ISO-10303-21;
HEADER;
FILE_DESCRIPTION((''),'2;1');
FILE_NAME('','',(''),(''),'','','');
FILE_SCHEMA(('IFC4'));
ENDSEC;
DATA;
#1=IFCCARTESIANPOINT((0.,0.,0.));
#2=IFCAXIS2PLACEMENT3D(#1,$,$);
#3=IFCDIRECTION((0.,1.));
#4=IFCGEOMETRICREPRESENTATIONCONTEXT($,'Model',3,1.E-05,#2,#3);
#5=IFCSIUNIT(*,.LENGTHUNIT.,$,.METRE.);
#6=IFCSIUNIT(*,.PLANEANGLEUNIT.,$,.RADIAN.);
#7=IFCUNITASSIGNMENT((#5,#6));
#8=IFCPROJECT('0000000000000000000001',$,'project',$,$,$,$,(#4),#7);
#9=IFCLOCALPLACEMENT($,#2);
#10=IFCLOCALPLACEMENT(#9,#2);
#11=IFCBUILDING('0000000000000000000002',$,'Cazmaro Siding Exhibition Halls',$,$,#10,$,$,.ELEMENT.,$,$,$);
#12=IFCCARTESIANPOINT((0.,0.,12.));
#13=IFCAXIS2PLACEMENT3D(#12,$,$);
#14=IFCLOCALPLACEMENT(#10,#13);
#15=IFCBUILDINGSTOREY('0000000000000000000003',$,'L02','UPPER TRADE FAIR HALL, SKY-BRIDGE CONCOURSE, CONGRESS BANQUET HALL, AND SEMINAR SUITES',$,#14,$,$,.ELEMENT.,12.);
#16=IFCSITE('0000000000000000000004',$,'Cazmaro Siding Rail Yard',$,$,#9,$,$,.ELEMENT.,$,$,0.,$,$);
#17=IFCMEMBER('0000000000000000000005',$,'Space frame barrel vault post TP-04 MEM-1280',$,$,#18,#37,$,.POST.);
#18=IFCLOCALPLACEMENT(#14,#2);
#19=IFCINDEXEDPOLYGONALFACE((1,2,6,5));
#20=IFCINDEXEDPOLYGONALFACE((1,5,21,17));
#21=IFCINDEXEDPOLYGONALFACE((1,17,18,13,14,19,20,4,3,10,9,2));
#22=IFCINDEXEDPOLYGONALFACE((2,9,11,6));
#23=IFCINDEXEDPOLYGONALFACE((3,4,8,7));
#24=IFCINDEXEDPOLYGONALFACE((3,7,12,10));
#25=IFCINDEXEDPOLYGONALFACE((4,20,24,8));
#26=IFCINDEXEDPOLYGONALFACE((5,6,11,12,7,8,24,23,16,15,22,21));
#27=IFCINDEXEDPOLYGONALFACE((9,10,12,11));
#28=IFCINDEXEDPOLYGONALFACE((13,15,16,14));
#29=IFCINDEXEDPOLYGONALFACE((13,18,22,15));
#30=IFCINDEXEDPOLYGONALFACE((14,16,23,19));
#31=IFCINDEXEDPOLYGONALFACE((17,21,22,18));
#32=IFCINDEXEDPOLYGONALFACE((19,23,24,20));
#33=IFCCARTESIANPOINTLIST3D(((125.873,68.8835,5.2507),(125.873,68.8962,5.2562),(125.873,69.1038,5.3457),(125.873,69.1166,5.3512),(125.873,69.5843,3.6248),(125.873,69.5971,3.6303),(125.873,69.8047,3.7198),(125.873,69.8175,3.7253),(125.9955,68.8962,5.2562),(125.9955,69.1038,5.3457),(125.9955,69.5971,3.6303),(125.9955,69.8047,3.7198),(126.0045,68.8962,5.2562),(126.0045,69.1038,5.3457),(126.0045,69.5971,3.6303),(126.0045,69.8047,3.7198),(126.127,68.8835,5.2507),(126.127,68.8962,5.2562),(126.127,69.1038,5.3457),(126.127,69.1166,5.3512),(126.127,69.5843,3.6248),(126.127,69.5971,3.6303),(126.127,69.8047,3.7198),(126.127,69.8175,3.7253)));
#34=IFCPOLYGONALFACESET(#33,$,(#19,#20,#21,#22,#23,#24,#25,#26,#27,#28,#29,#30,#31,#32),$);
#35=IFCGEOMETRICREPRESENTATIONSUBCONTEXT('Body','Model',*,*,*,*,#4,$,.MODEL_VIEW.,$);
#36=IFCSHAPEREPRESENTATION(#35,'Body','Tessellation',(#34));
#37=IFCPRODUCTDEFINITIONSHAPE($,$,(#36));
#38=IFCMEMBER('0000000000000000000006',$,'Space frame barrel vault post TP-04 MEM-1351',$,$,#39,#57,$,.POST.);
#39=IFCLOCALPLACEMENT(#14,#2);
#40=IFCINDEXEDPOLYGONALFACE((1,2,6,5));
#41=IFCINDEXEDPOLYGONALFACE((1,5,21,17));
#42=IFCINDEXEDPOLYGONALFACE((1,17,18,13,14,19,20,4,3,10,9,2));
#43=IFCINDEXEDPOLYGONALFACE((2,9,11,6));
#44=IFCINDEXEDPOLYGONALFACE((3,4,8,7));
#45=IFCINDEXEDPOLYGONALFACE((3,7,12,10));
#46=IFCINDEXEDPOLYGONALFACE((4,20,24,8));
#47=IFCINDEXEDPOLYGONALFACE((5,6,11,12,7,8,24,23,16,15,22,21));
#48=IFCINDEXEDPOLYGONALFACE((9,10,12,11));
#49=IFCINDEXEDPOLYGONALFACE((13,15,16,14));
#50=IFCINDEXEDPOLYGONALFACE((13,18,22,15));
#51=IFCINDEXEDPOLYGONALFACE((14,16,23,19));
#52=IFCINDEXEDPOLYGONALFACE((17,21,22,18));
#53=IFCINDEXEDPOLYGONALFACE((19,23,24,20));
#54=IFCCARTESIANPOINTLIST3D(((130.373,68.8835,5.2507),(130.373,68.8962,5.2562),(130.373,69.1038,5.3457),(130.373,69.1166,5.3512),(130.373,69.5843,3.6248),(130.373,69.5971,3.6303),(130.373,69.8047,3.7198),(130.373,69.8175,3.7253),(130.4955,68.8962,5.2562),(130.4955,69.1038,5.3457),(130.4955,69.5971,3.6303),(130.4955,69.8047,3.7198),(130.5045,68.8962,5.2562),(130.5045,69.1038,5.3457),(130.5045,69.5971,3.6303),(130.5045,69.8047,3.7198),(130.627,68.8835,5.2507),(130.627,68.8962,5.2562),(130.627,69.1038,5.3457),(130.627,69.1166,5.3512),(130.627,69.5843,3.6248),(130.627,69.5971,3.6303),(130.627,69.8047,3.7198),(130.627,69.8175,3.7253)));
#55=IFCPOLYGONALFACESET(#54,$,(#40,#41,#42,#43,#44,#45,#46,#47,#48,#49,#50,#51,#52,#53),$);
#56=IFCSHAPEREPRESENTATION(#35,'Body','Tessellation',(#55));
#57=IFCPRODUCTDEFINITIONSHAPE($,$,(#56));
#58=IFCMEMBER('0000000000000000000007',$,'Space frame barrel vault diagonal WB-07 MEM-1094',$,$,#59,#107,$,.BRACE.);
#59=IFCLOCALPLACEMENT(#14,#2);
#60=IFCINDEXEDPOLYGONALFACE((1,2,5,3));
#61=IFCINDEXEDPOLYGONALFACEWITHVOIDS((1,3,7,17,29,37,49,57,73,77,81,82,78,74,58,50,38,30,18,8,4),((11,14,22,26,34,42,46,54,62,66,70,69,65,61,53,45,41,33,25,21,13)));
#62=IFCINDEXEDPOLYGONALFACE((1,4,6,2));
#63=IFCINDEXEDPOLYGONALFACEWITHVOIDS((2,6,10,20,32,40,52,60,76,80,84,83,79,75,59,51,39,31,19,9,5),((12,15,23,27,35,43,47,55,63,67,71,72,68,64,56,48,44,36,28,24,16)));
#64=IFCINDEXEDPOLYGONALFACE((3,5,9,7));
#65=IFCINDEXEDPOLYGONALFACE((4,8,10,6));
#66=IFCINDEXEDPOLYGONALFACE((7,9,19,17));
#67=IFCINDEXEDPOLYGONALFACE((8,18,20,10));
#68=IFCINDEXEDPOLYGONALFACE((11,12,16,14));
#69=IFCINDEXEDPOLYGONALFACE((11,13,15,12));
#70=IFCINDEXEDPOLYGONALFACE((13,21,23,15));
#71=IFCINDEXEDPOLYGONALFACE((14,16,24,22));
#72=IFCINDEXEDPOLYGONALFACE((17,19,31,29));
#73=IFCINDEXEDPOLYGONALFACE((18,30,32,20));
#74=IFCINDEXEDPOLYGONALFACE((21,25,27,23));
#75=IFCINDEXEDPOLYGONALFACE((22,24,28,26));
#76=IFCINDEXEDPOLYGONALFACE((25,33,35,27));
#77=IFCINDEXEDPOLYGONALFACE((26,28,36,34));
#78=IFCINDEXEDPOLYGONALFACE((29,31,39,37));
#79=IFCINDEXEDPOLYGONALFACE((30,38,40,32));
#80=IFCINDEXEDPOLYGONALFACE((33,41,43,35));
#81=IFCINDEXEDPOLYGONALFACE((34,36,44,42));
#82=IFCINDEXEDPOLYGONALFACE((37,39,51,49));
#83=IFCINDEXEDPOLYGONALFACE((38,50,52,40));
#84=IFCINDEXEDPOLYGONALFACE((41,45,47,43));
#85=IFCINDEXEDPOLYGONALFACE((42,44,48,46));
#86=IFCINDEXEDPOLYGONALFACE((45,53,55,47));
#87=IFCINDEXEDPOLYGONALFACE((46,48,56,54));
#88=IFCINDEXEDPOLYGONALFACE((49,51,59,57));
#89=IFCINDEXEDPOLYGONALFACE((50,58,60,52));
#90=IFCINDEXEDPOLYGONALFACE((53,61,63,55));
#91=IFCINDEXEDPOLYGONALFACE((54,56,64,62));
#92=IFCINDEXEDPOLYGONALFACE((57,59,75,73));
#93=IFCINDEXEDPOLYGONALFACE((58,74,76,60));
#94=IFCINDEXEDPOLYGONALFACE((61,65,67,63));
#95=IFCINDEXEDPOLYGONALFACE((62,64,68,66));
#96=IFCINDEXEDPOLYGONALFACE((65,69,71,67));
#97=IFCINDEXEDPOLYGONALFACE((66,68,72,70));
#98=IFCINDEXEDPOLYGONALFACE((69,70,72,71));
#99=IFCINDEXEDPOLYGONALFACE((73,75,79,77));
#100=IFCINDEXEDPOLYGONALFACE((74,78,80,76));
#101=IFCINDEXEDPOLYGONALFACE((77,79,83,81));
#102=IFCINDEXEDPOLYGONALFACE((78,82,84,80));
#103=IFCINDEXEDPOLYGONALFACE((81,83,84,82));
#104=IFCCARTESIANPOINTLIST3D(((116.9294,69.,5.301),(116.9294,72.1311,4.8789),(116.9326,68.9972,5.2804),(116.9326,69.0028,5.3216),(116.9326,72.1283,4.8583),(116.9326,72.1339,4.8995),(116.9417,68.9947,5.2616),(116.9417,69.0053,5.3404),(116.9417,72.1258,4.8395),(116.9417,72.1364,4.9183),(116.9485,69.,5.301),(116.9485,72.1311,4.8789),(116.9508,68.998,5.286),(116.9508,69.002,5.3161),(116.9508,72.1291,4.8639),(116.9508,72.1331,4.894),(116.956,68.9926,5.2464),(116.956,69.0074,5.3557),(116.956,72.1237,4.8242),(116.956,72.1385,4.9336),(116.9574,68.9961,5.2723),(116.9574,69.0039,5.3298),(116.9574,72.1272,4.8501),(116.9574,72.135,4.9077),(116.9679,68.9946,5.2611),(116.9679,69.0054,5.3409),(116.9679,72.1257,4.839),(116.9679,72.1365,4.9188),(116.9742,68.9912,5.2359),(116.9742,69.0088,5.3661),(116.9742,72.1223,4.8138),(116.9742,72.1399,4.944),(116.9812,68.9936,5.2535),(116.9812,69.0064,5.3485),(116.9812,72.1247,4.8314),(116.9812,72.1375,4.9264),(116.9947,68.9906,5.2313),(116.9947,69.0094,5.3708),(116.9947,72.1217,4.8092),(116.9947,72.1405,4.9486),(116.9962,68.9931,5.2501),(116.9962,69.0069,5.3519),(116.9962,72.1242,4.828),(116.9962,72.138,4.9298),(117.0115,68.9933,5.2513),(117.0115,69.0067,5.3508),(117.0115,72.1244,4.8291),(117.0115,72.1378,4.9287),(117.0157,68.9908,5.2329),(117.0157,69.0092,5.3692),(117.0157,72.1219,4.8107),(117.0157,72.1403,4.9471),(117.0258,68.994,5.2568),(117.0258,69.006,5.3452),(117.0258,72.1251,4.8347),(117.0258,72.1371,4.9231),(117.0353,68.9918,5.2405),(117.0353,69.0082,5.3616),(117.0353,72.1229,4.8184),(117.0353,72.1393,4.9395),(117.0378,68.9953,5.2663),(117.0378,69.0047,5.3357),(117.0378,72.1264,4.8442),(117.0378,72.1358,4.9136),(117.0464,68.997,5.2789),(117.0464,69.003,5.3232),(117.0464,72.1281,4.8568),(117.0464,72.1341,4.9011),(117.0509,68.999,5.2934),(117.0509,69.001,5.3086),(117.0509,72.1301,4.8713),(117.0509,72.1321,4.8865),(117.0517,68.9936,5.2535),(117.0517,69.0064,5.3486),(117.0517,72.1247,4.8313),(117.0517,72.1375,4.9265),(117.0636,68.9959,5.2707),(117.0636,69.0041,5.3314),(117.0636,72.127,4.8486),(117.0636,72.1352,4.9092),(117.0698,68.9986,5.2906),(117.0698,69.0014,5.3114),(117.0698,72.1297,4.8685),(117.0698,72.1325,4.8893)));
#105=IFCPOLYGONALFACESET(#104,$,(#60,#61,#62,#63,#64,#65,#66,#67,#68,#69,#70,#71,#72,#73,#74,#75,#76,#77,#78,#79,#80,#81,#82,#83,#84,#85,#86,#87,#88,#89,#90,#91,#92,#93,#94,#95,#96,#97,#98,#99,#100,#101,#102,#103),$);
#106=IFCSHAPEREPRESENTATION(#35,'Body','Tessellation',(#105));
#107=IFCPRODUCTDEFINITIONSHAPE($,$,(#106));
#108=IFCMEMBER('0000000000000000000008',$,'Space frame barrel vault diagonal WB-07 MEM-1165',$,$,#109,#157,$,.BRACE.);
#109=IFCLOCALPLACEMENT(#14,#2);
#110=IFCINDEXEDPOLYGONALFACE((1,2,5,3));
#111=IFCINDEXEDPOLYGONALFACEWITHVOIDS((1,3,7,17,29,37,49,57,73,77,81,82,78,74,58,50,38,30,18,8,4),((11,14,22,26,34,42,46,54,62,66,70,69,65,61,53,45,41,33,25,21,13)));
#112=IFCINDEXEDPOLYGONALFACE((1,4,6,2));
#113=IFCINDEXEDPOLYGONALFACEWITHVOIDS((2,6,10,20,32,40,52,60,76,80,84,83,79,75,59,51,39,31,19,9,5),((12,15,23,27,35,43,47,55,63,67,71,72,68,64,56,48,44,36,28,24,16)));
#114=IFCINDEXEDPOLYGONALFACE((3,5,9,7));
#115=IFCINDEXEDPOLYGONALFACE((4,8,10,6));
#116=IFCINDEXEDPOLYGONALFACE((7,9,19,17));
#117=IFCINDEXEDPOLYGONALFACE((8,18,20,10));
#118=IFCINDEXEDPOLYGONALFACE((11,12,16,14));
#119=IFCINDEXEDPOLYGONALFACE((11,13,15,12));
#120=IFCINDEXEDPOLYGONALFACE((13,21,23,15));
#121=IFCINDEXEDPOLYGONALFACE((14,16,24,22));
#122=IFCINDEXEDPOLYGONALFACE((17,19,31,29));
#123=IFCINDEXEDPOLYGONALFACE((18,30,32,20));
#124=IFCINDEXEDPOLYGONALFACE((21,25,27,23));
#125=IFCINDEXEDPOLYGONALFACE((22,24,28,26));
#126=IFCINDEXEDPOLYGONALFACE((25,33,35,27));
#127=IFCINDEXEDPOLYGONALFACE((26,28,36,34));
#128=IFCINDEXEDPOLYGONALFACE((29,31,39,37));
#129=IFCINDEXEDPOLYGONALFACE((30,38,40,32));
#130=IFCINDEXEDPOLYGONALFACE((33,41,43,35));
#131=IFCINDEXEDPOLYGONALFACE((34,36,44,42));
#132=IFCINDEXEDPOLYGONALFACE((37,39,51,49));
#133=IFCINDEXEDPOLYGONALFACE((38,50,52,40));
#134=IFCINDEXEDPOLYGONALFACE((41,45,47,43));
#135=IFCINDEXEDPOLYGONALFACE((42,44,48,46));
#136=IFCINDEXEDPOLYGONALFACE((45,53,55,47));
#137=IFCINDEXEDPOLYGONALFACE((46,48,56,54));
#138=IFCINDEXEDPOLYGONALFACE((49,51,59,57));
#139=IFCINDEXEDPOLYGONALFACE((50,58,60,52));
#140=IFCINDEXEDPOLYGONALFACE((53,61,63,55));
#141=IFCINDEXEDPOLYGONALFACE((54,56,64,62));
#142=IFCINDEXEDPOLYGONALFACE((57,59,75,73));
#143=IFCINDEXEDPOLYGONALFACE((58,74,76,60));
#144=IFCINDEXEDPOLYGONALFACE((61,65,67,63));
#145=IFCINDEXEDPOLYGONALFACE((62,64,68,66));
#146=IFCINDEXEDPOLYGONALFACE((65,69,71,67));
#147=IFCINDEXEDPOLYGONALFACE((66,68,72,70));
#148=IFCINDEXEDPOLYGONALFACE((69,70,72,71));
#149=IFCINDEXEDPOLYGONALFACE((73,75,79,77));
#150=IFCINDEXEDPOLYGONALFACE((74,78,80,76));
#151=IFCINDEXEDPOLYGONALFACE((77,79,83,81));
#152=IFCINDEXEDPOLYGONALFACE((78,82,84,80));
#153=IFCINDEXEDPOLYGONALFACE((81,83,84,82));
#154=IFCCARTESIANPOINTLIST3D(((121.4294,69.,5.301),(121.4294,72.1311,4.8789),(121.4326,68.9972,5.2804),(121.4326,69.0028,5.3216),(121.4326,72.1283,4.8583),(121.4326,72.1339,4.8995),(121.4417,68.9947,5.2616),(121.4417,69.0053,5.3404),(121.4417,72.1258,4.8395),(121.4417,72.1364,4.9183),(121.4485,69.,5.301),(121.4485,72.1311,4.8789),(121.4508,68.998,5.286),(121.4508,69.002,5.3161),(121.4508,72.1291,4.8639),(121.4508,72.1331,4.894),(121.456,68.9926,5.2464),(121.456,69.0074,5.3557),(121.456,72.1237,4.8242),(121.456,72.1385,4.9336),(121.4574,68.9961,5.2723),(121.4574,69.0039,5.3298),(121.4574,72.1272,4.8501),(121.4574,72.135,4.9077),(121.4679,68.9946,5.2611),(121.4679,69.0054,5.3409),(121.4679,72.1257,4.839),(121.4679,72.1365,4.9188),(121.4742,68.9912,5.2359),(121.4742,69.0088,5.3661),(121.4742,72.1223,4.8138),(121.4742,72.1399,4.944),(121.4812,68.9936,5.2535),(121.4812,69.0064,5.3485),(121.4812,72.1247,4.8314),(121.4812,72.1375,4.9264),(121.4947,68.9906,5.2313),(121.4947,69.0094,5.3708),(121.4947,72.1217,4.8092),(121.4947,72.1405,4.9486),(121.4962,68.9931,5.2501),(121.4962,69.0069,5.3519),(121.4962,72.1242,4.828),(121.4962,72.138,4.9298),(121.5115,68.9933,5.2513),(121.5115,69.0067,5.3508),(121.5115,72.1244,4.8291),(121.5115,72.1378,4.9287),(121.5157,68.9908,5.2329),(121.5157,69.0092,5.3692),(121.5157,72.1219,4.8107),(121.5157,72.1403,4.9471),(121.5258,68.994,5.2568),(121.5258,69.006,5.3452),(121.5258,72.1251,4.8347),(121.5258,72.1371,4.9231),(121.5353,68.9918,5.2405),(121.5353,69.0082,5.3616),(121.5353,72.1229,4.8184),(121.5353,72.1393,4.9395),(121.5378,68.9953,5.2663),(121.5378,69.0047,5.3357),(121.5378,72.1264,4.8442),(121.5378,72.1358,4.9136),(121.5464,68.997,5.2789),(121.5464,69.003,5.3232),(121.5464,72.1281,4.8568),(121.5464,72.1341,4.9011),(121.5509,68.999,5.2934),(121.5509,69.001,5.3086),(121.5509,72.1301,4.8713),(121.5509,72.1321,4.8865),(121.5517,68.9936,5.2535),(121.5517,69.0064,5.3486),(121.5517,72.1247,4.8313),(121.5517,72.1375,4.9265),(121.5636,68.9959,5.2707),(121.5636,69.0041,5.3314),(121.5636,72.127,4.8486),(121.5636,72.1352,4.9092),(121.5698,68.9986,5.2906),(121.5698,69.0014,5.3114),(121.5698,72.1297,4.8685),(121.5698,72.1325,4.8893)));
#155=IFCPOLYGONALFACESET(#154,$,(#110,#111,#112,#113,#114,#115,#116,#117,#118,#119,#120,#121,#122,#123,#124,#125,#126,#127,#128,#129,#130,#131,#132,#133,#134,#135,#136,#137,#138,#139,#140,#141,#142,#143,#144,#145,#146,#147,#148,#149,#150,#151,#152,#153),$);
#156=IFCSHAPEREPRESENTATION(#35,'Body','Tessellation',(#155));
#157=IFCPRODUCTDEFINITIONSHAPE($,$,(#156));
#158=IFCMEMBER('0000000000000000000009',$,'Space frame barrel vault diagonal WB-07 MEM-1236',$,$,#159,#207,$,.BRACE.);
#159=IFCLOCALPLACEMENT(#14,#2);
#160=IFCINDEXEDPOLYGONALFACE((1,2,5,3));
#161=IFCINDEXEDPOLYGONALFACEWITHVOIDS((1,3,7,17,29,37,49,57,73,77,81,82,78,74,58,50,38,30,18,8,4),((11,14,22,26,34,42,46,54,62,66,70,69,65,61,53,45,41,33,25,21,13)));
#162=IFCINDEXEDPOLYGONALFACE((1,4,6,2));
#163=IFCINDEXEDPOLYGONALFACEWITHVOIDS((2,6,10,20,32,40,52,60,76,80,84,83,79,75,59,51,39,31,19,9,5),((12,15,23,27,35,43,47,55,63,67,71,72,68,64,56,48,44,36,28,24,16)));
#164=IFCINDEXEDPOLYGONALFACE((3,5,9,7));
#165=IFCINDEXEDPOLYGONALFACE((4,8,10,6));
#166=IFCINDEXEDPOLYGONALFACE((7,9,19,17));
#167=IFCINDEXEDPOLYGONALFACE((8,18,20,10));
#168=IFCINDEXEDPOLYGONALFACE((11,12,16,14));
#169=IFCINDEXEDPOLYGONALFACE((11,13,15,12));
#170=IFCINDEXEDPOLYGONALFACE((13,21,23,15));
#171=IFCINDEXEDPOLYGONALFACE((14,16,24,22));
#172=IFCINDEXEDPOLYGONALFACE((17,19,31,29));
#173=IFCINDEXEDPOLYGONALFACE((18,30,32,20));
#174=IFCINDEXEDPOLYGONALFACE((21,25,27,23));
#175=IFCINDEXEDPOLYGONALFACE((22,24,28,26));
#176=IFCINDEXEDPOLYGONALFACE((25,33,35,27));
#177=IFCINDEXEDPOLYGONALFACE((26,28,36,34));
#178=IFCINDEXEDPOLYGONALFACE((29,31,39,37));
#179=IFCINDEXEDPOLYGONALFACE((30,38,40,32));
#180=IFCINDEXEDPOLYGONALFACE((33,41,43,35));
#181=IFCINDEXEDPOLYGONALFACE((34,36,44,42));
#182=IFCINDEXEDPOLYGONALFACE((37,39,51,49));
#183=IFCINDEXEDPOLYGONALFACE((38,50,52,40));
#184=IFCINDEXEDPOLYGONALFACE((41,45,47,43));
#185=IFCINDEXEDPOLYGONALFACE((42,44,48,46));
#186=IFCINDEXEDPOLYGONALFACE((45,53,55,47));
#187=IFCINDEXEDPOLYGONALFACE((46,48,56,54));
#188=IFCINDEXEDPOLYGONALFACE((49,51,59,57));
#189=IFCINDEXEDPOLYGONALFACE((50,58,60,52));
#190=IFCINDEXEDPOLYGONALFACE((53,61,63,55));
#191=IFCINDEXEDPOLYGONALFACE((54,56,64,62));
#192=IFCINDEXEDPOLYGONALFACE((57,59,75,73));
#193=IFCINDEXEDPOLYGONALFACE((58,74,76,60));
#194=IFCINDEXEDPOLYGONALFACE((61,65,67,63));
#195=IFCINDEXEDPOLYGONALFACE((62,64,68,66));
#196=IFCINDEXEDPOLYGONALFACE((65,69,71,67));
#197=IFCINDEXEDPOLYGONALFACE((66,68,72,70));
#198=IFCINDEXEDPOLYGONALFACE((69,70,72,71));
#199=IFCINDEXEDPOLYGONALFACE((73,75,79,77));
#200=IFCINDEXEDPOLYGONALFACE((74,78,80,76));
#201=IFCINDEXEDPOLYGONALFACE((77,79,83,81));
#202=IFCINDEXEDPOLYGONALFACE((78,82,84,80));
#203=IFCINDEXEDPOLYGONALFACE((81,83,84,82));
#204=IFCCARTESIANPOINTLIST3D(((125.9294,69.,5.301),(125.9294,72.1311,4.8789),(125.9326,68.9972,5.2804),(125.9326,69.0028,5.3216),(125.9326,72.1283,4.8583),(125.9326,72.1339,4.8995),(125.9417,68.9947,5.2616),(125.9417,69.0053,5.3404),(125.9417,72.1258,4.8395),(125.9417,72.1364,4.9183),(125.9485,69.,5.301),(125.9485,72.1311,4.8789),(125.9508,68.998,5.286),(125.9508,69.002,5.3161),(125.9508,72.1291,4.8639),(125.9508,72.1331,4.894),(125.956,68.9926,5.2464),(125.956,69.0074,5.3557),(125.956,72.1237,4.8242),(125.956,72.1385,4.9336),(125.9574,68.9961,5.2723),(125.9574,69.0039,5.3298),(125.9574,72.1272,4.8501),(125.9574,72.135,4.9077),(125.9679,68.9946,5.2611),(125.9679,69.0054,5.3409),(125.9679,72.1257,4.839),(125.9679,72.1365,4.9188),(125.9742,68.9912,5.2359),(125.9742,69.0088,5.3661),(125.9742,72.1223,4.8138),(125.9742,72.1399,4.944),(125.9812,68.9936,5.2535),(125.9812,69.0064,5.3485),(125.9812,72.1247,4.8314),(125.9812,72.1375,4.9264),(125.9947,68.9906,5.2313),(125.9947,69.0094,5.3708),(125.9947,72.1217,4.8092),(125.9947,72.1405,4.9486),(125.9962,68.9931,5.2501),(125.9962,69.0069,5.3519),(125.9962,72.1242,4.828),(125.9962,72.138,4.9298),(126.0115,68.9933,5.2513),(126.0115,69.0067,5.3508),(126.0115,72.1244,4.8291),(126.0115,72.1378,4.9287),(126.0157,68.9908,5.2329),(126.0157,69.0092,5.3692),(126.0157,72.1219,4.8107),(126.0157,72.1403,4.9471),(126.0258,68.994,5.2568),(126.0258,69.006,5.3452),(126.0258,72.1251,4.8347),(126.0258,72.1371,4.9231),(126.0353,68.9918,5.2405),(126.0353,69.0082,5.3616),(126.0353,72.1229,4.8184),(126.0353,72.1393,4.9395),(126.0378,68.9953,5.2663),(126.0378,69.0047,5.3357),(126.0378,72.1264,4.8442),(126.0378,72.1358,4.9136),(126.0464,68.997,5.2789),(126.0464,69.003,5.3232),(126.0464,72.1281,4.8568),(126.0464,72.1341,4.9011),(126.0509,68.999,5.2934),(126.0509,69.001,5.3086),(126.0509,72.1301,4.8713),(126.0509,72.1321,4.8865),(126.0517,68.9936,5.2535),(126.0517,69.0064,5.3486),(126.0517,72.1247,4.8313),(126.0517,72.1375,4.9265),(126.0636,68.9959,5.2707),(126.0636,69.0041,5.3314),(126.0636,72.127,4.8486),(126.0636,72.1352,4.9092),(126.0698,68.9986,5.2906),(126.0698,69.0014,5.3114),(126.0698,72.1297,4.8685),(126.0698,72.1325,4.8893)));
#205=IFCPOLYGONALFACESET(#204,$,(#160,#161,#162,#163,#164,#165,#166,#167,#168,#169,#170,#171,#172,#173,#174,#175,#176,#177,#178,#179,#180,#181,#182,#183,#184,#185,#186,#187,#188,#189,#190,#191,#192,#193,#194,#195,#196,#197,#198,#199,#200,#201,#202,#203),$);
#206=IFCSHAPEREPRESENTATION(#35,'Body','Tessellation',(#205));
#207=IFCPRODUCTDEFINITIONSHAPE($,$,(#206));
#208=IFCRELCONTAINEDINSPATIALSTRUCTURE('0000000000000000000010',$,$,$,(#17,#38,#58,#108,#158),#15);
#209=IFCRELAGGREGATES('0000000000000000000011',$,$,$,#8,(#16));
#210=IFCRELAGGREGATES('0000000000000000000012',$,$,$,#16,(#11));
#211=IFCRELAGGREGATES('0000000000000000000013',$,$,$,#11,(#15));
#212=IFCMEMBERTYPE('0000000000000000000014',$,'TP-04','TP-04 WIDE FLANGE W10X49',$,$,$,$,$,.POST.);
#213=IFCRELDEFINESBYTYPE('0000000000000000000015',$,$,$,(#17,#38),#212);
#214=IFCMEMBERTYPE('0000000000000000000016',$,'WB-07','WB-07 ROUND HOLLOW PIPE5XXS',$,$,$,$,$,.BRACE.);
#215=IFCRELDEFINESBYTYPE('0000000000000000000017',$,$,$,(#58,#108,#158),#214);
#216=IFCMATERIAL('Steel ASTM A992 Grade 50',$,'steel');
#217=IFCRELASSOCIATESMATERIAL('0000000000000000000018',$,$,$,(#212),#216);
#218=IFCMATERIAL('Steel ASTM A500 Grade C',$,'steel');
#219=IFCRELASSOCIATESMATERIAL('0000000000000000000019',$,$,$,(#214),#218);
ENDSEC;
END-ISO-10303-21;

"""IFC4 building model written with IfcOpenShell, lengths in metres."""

from ifc_helpers import new_model, si_unit, direction, frame, origin, origin_2d, place, context, subcontext, project, spatial, hollow_circle, i_section, extrude, material, material_profile, profile_set, type_object, element, save


model = new_model("IFC4")

# Units and contexts
model_context = context("Model", 3, precision=1e-05, world=origin(), true_north=direction((0.0, 1.0)))
body_context = subcontext(model_context, "Body", "Model", "MODEL_VIEW")
ifc_project = project(units=[si_unit("LENGTHUNIT", "METRE"), si_unit("PLANEANGLEUNIT", "RADIAN")], contexts=[model_context])

# Site, building, storey
site_placement = place(None, origin())
site = spatial("IfcSite", under=ifc_project, at=site_placement, Name="Cazmaro Siding Rail Yard", CompositionType="ELEMENT", RefElevation=0.0)
building_placement = place(site_placement, origin())
building = spatial("IfcBuilding", under=site, at=building_placement, Name="Cazmaro Siding Exhibition Halls", CompositionType="ELEMENT")
storey_placement = place(building_placement, frame((0.0, 0.0, 12.0)))
storey = spatial("IfcBuildingStorey", under=building, at=storey_placement, Name="L02", Description="UPPER TRADE FAIR HALL, SKY-BRIDGE CONCOURSE, CONGRESS BANQUET HALL, AND SEMINAR SUITES", CompositionType="ELEMENT", Elevation=12.0)

# Members
ifc_material_1 = material(Name="Steel ASTM A992 Grade 50", Category="steel")
ifc_material_profile_1 = material_profile(ifc_material_1, i_section(OverallWidth=0.2539, OverallDepth=0.2539, WebThickness=0.009, FlangeThickness=0.0139, at=origin_2d()), Name="W10X49")
ifc_profile_set_1 = profile_set([ifc_material_profile_1], Name="Steel ASTM A992 Grade 50")
member_type_1 = type_object("IfcMemberType", Name="TP-04", Description="TP-04 WIDE FLANGE W10X49", PredefinedType="POST", material=ifc_profile_set_1)
for number, where, z_axis, x_axis, name in (
    (1, (126.0, 69.7009, 3.675), (0.0, -0.395865, 0.918309), (1.0, 0.0, 0.0), "Space frame barrel vault post TP-04 MEM-1280"),
    (2, (130.5, 69.7009, 3.675), (0.0, -0.395865, 0.918309), (1.0, 0.0, 0.0), "Space frame barrel vault post TP-04 MEM-1351"),
):
    element("IfcMember", number, at=place(storey_placement, frame(where, z_axis=z_axis, x_axis=x_axis)), inside=storey, type_object=member_type_1, Name=name, PredefinedType="POST", context=body_context, shape_type="SweptSolid", body=[
        extrude(i_section(OverallWidth=0.2539, OverallDepth=0.2539, WebThickness=0.009, FlangeThickness=0.0139, at=origin_2d()), origin(), (0.0, 0.0, 1.0), 1.7705),
    ])
ifc_material_2 = material(Name="Steel ASTM A500 Grade C", Category="steel")
ifc_material_profile_2 = material_profile(ifc_material_2, hollow_circle(Radius=0.0706, WallThickness=0.019, at=origin_2d()), Name="PIPE5XXS")
ifc_profile_set_2 = profile_set([ifc_material_profile_2], Name="Steel ASTM A500 Grade C")
member_type_2 = type_object("IfcMemberType", Name="WB-07", Description="WB-07 ROUND HOLLOW PIPE5XXS", PredefinedType="BRACE", material=ifc_profile_set_2)
for number, where, z_axis, x_axis, name in (
    (3, (117.0, 69.0, 5.301), (0.0, 0.991035, -0.133606), (-1.0, 0.0, 0.0), "Space frame barrel vault diagonal WB-07 MEM-1094"),
    (4, (121.5, 69.0, 5.301), (0.0, 0.991035, -0.133606), (-1.0, 0.0, 0.0), "Space frame barrel vault diagonal WB-07 MEM-1165"),
    (5, (126.0, 69.0, 5.301), (0.0, 0.991035, -0.133606), (-1.0, 0.0, 0.0), "Space frame barrel vault diagonal WB-07 MEM-1236"),
):
    element("IfcMember", number, at=place(storey_placement, frame(where, z_axis=z_axis, x_axis=x_axis)), inside=storey, type_object=member_type_2, Name=name, PredefinedType="BRACE", context=body_context, shape_type="SweptSolid", body=[
        extrude(hollow_circle(Radius=0.0706, WallThickness=0.019, at=origin_2d()), origin(), (0.0, 0.0, 1.0), 3.1594),
    ])

save(model, "model.ifc")
